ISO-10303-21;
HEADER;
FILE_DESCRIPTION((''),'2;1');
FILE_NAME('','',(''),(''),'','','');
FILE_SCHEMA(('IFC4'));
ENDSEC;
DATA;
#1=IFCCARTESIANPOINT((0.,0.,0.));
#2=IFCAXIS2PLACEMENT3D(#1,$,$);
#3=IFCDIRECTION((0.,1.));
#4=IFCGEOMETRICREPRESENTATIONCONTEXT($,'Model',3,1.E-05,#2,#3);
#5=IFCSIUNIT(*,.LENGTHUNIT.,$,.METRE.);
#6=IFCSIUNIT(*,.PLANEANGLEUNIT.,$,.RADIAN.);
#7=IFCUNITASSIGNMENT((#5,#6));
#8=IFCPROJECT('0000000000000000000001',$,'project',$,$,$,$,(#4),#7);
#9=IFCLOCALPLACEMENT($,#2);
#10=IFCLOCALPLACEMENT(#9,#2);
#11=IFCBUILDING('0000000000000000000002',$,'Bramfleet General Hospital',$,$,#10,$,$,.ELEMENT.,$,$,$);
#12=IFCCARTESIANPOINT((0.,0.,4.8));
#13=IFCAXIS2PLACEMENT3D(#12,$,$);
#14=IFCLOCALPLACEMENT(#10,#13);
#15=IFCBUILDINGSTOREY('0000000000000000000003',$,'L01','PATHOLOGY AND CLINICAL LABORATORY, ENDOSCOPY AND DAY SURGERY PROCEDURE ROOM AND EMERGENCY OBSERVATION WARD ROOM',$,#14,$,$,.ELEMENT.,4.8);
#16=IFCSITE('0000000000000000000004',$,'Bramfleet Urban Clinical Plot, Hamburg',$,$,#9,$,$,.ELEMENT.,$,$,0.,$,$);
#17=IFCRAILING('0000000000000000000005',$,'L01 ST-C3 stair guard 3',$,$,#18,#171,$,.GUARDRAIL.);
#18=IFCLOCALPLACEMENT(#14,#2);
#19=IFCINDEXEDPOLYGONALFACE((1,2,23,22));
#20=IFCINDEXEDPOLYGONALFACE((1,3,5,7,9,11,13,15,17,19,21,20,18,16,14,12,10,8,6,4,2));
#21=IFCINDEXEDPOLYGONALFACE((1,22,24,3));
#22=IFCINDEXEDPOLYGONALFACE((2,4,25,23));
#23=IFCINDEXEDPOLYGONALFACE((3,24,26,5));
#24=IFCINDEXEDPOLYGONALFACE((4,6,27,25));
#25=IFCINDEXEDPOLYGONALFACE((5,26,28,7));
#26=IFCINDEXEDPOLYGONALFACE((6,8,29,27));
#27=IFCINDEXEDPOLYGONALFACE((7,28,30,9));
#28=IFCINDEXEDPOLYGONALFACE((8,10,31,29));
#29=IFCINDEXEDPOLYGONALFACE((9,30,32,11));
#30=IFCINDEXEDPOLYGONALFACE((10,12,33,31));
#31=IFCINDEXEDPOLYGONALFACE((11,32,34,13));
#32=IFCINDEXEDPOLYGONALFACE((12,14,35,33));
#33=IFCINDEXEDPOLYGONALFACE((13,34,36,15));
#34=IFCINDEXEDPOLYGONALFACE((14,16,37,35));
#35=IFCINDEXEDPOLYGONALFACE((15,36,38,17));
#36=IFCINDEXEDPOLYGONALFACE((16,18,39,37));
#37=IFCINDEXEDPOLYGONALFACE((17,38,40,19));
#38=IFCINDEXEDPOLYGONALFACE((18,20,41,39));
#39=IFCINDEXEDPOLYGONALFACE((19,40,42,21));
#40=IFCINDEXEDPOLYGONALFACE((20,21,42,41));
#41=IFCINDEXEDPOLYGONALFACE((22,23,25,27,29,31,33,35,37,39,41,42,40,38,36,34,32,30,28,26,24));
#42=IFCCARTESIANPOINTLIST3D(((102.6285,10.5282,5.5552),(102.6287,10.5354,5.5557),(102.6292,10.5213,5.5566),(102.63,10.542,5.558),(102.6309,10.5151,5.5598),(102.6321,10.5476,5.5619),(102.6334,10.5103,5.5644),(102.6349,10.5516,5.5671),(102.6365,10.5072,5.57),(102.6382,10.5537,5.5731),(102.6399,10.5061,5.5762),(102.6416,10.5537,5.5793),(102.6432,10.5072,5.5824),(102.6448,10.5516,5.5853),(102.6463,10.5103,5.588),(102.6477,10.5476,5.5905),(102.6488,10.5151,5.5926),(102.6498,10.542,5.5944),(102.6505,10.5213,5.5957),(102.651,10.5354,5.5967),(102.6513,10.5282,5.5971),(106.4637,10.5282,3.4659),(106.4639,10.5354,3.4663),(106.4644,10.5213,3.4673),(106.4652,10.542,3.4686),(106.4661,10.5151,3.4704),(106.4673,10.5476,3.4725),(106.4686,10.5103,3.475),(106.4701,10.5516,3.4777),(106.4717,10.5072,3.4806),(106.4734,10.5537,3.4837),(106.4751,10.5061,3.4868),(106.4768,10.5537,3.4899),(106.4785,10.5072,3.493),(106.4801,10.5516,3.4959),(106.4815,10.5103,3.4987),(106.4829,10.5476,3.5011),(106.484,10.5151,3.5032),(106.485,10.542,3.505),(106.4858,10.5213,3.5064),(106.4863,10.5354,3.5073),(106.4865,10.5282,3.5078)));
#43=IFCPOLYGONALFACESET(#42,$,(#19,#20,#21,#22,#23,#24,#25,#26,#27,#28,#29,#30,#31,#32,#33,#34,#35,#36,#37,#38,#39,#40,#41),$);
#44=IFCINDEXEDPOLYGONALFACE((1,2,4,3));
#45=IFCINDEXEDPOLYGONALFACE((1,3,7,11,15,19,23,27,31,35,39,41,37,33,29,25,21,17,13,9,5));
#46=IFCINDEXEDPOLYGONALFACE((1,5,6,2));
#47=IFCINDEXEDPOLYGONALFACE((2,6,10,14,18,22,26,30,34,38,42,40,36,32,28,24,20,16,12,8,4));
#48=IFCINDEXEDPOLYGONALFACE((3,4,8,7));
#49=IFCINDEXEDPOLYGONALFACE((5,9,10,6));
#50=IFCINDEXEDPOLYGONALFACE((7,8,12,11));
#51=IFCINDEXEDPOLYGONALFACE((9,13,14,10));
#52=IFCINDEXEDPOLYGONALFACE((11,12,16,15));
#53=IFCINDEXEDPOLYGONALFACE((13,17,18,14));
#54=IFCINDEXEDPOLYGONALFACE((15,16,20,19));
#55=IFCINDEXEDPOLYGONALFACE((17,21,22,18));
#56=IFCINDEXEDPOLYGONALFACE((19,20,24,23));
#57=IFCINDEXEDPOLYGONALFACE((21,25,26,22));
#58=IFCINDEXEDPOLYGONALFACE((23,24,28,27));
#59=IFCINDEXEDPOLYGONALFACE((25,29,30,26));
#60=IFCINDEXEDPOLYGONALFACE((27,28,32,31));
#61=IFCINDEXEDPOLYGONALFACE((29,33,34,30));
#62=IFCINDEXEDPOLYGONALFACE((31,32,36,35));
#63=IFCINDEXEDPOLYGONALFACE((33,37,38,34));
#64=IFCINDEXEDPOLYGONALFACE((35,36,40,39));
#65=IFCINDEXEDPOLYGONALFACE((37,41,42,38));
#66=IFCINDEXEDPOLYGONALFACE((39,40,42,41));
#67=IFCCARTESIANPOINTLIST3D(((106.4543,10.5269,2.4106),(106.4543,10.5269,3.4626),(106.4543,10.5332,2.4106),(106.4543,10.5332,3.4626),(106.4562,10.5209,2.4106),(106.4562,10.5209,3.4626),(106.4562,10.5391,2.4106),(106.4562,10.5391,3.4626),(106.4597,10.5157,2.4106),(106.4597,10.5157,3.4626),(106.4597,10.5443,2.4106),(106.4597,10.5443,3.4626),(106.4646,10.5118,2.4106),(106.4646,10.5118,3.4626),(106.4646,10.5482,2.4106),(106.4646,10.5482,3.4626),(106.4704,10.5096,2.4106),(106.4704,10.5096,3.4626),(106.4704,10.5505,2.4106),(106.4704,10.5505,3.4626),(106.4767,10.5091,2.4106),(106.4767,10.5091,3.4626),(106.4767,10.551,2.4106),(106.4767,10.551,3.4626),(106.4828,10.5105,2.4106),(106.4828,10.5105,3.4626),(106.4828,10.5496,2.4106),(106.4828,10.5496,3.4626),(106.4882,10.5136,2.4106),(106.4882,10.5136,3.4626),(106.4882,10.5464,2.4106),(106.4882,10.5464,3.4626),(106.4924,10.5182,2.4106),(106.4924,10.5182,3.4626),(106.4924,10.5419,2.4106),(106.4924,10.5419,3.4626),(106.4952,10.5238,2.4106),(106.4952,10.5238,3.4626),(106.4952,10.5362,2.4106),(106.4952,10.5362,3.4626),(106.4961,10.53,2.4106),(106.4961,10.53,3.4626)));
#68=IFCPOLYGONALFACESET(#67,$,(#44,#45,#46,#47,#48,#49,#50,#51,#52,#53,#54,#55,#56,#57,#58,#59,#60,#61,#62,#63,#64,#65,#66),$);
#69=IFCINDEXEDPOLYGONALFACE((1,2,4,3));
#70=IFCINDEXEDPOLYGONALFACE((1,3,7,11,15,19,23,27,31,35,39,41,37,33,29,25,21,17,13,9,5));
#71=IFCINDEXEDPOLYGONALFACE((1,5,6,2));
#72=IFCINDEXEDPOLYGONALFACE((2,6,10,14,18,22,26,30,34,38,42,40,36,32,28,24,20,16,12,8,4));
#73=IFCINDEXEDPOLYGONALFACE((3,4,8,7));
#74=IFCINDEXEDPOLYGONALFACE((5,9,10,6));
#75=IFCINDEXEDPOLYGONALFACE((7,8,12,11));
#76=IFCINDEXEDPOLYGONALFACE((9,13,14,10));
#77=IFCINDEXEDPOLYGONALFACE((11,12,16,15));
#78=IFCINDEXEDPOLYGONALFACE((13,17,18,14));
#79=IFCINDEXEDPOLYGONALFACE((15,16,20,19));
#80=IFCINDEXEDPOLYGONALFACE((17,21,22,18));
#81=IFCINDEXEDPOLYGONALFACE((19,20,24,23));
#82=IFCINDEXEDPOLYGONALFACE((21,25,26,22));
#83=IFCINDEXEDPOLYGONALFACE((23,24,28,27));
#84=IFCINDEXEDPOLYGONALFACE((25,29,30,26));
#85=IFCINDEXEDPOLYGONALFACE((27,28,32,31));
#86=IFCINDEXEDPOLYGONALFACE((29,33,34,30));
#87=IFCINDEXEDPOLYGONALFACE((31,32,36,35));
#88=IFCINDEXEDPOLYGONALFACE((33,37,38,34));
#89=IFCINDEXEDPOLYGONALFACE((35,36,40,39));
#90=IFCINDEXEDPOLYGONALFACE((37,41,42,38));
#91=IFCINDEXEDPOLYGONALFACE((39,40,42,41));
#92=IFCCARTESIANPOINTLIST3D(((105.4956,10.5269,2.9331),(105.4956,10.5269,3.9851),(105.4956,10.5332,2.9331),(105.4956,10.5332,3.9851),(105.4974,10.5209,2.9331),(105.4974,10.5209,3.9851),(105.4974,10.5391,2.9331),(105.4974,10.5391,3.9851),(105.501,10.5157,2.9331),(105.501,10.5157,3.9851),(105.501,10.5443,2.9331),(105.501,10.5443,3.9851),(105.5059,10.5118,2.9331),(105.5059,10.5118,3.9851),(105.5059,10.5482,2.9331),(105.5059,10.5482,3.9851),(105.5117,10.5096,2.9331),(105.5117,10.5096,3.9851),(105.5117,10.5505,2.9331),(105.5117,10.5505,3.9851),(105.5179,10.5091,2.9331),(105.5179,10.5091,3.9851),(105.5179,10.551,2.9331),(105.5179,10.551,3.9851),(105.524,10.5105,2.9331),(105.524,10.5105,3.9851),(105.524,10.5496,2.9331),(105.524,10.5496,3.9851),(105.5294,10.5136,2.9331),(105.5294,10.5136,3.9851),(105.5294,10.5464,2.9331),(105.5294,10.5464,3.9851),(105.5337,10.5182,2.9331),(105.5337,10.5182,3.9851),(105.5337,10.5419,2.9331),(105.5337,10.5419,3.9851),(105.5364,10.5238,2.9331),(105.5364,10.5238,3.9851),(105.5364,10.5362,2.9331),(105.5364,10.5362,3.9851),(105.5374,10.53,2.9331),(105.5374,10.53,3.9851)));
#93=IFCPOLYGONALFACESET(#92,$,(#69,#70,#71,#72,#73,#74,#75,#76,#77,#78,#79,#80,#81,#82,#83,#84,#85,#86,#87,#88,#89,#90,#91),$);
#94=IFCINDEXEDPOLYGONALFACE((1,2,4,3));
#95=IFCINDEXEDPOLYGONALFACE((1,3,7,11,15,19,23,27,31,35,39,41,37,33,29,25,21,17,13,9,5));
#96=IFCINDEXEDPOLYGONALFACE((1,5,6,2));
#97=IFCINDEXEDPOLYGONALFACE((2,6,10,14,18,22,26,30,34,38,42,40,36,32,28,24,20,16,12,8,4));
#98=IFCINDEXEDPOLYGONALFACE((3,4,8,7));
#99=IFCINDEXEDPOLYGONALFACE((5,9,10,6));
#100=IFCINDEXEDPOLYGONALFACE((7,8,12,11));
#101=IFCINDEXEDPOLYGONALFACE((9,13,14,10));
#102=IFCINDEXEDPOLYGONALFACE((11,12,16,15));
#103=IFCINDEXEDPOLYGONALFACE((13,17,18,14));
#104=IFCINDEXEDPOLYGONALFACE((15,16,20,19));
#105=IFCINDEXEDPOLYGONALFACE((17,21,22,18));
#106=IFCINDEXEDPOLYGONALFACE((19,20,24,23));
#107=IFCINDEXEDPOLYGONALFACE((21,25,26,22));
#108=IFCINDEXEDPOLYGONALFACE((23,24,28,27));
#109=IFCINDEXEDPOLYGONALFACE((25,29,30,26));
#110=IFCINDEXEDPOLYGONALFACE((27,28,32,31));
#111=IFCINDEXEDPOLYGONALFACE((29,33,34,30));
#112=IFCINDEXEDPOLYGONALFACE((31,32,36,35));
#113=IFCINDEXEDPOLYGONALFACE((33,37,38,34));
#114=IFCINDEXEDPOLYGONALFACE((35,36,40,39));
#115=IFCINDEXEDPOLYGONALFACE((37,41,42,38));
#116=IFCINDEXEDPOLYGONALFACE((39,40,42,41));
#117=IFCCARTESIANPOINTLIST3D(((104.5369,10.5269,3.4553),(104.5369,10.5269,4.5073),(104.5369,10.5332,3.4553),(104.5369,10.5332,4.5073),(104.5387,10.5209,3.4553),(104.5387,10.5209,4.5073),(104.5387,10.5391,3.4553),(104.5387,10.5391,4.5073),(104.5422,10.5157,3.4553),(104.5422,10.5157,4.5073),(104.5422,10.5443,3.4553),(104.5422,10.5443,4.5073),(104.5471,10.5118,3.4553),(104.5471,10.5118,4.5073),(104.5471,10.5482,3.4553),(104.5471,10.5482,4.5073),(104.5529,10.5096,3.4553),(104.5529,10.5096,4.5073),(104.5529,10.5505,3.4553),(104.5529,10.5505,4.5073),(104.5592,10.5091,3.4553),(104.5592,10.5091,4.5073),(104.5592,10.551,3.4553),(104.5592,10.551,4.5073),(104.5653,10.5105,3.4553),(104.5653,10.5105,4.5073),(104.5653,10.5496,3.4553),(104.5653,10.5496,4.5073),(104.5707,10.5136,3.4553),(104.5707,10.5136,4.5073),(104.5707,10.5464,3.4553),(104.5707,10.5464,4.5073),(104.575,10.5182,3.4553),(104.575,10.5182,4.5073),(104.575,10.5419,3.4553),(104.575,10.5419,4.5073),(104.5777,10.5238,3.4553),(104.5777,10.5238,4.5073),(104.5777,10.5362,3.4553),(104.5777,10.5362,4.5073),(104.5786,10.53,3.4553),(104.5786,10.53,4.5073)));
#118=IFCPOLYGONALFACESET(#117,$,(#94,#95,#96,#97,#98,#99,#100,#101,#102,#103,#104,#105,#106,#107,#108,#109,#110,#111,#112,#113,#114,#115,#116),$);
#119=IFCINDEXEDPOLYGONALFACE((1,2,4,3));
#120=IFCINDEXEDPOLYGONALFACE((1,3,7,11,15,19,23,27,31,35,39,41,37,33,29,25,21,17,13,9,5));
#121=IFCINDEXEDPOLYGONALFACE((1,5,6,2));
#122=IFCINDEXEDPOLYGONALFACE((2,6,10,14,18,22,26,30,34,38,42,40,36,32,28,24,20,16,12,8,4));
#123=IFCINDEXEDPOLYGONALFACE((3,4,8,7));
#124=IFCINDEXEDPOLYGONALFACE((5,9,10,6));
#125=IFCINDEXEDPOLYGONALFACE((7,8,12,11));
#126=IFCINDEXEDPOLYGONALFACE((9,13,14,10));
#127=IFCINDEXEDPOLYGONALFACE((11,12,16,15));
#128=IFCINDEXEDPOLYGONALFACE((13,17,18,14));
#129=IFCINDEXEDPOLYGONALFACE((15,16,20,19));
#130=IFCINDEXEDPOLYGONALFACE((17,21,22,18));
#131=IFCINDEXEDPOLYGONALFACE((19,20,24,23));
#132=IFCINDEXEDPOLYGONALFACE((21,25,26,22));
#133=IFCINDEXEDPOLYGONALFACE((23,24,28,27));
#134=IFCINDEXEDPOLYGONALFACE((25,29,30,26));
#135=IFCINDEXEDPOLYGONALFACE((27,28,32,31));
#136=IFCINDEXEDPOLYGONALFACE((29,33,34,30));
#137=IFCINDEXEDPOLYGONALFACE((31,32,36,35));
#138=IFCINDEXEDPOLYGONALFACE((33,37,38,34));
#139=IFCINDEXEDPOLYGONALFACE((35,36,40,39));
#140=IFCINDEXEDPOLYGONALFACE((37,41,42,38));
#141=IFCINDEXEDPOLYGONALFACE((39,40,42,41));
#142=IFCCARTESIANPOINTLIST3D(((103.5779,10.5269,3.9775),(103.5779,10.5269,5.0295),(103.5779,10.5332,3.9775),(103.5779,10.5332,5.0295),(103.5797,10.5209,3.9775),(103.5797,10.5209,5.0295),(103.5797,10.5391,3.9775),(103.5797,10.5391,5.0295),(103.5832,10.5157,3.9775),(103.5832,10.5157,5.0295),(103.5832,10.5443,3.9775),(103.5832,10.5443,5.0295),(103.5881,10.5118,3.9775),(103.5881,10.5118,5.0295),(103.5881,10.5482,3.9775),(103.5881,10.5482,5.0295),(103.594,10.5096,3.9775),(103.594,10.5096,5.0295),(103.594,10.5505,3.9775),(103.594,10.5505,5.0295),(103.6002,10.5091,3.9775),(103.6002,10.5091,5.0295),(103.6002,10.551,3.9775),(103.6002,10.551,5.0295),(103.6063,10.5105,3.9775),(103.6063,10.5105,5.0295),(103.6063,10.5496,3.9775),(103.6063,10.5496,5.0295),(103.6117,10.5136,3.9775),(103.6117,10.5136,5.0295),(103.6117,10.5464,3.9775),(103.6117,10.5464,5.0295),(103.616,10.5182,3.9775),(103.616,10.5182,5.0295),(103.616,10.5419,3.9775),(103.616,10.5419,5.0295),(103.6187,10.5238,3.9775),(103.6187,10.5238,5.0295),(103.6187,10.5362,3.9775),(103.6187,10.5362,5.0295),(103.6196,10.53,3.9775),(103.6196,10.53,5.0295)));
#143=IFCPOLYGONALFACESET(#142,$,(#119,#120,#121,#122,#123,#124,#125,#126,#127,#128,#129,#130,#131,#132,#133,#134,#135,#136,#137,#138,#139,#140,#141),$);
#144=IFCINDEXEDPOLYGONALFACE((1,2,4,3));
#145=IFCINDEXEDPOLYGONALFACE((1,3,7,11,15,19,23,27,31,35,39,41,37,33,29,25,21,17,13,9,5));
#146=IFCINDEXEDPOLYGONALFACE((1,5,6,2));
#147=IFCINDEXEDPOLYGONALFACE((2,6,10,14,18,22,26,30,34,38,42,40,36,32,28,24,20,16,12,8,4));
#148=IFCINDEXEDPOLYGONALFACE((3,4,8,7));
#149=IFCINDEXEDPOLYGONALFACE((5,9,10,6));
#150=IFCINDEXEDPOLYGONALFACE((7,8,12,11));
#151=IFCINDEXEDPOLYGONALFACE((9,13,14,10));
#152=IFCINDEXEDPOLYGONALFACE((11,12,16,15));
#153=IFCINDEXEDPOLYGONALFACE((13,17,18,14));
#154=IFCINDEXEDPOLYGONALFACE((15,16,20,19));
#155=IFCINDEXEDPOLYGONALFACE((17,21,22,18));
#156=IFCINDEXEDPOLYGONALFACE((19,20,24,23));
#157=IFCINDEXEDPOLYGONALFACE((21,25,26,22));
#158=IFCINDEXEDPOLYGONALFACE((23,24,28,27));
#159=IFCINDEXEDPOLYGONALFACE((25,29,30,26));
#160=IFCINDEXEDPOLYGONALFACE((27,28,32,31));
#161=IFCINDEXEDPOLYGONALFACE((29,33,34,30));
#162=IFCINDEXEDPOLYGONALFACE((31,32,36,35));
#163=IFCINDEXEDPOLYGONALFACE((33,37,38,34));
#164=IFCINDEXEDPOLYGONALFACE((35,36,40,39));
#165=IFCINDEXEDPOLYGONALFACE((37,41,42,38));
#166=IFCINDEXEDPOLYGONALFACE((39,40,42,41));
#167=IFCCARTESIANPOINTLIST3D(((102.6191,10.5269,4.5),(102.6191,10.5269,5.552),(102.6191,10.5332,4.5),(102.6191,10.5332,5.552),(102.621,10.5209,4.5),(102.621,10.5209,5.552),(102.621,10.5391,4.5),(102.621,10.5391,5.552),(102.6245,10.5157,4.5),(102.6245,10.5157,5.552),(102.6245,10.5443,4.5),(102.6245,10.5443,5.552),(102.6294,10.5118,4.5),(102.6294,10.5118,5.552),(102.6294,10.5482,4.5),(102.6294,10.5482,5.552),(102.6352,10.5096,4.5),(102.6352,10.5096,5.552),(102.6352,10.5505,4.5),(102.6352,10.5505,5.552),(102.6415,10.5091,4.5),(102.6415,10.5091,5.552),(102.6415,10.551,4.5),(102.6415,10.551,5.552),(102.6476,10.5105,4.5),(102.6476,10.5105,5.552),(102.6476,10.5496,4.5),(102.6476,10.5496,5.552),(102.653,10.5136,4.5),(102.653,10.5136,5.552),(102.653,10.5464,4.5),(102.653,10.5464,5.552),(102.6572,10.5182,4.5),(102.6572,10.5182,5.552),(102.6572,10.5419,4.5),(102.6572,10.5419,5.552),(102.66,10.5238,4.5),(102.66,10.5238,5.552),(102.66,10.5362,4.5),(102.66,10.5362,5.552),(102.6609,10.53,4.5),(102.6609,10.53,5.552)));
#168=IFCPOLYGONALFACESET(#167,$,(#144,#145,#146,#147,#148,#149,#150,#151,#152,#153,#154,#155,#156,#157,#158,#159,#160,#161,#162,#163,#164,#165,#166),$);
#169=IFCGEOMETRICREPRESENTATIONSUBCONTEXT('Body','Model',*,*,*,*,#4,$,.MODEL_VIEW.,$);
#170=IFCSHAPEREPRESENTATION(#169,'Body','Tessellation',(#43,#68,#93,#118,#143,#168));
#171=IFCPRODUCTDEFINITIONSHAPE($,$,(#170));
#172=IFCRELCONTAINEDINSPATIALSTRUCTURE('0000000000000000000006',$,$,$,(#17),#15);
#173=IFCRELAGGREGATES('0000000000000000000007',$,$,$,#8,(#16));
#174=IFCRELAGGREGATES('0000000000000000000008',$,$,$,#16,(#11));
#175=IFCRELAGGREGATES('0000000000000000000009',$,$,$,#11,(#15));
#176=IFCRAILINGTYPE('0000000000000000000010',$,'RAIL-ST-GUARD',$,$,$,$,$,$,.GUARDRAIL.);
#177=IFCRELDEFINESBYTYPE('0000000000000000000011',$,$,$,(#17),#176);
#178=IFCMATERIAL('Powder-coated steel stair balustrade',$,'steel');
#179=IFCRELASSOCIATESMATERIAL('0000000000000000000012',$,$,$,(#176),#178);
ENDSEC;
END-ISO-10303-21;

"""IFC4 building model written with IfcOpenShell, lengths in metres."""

from ifc_helpers import new_model, si_unit, direction, frame, origin, origin_2d, place, context, subcontext, project, spatial, circle, extrude, material, type_object, element, save


model = new_model("IFC4")

# Units and contexts
model_context = context("Model", 3, precision=1e-05, world=origin(), true_north=direction((0.0, 1.0)))
body_context = subcontext(model_context, "Body", "Model", "MODEL_VIEW")
ifc_project = project(units=[si_unit("LENGTHUNIT", "METRE"), si_unit("PLANEANGLEUNIT", "RADIAN")], contexts=[model_context])

# Site, building, storey
site_placement = place(None, origin())
site = spatial("IfcSite", under=ifc_project, at=site_placement, Name="Bramfleet Urban Clinical Plot, Hamburg", CompositionType="ELEMENT", RefElevation=0.0)
building_placement = place(site_placement, origin())
building = spatial("IfcBuilding", under=site, at=building_placement, Name="Bramfleet General Hospital", CompositionType="ELEMENT")
storey_placement = place(building_placement, frame((0.0, 0.0, 4.8)))
storey = spatial("IfcBuildingStorey", under=building, at=storey_placement, Name="L01", Description="PATHOLOGY AND CLINICAL LABORATORY, ENDOSCOPY AND DAY SURGERY PROCEDURE ROOM AND EMERGENCY OBSERVATION WARD ROOM", CompositionType="ELEMENT", Elevation=4.8)

# Railing
ifc_material_1 = material(Name="Powder-coated steel stair balustrade", Category="steel")
railing_type_1 = type_object("IfcRailingType", Name="RAIL-ST-GUARD", PredefinedType="GUARDRAIL", material=ifc_material_1)
railing_1_placement = place(storey_placement, frame((106.4751, 10.53, 2.4106)))
element("IfcRailing", 1, at=railing_1_placement, inside=storey, type_object=railing_type_1, Name="L01 ST-C3 stair guard 3", PredefinedType="GUARDRAIL", context=body_context, shape_type="SweptSolid", body=[
    extrude(circle(Radius=0.0239, at=origin_2d()), frame((0.0, 0.0, 1.0762), z_axis=(-0.878143, 0.0, 0.478398), x_axis=(0.0, -1.0, 0.0)), (0.0, 0.0, 1.0), 4.3674),
    extrude(circle(Radius=0.021, at=origin_2d()), origin(), (0.0, 0.0, 1.0), 1.052),
    extrude(circle(Radius=0.021, at=origin_2d()), frame((-0.9587, 0.0, 0.5225)), (0.0, 0.0, 1.0), 1.052),
    extrude(circle(Radius=0.021, at=origin_2d()), frame((-1.9175, 0.0, 1.0447)), (0.0, 0.0, 1.0), 1.052),
    extrude(circle(Radius=0.021, at=origin_2d()), frame((-2.8765, 0.0, 1.5669)), (0.0, 0.0, 1.0), 1.052),
    extrude(circle(Radius=0.021, at=origin_2d()), frame((-3.8352, 0.0, 2.0894)), (0.0, 0.0, 1.0), 1.052),
])

save(model, "model.ifc")
